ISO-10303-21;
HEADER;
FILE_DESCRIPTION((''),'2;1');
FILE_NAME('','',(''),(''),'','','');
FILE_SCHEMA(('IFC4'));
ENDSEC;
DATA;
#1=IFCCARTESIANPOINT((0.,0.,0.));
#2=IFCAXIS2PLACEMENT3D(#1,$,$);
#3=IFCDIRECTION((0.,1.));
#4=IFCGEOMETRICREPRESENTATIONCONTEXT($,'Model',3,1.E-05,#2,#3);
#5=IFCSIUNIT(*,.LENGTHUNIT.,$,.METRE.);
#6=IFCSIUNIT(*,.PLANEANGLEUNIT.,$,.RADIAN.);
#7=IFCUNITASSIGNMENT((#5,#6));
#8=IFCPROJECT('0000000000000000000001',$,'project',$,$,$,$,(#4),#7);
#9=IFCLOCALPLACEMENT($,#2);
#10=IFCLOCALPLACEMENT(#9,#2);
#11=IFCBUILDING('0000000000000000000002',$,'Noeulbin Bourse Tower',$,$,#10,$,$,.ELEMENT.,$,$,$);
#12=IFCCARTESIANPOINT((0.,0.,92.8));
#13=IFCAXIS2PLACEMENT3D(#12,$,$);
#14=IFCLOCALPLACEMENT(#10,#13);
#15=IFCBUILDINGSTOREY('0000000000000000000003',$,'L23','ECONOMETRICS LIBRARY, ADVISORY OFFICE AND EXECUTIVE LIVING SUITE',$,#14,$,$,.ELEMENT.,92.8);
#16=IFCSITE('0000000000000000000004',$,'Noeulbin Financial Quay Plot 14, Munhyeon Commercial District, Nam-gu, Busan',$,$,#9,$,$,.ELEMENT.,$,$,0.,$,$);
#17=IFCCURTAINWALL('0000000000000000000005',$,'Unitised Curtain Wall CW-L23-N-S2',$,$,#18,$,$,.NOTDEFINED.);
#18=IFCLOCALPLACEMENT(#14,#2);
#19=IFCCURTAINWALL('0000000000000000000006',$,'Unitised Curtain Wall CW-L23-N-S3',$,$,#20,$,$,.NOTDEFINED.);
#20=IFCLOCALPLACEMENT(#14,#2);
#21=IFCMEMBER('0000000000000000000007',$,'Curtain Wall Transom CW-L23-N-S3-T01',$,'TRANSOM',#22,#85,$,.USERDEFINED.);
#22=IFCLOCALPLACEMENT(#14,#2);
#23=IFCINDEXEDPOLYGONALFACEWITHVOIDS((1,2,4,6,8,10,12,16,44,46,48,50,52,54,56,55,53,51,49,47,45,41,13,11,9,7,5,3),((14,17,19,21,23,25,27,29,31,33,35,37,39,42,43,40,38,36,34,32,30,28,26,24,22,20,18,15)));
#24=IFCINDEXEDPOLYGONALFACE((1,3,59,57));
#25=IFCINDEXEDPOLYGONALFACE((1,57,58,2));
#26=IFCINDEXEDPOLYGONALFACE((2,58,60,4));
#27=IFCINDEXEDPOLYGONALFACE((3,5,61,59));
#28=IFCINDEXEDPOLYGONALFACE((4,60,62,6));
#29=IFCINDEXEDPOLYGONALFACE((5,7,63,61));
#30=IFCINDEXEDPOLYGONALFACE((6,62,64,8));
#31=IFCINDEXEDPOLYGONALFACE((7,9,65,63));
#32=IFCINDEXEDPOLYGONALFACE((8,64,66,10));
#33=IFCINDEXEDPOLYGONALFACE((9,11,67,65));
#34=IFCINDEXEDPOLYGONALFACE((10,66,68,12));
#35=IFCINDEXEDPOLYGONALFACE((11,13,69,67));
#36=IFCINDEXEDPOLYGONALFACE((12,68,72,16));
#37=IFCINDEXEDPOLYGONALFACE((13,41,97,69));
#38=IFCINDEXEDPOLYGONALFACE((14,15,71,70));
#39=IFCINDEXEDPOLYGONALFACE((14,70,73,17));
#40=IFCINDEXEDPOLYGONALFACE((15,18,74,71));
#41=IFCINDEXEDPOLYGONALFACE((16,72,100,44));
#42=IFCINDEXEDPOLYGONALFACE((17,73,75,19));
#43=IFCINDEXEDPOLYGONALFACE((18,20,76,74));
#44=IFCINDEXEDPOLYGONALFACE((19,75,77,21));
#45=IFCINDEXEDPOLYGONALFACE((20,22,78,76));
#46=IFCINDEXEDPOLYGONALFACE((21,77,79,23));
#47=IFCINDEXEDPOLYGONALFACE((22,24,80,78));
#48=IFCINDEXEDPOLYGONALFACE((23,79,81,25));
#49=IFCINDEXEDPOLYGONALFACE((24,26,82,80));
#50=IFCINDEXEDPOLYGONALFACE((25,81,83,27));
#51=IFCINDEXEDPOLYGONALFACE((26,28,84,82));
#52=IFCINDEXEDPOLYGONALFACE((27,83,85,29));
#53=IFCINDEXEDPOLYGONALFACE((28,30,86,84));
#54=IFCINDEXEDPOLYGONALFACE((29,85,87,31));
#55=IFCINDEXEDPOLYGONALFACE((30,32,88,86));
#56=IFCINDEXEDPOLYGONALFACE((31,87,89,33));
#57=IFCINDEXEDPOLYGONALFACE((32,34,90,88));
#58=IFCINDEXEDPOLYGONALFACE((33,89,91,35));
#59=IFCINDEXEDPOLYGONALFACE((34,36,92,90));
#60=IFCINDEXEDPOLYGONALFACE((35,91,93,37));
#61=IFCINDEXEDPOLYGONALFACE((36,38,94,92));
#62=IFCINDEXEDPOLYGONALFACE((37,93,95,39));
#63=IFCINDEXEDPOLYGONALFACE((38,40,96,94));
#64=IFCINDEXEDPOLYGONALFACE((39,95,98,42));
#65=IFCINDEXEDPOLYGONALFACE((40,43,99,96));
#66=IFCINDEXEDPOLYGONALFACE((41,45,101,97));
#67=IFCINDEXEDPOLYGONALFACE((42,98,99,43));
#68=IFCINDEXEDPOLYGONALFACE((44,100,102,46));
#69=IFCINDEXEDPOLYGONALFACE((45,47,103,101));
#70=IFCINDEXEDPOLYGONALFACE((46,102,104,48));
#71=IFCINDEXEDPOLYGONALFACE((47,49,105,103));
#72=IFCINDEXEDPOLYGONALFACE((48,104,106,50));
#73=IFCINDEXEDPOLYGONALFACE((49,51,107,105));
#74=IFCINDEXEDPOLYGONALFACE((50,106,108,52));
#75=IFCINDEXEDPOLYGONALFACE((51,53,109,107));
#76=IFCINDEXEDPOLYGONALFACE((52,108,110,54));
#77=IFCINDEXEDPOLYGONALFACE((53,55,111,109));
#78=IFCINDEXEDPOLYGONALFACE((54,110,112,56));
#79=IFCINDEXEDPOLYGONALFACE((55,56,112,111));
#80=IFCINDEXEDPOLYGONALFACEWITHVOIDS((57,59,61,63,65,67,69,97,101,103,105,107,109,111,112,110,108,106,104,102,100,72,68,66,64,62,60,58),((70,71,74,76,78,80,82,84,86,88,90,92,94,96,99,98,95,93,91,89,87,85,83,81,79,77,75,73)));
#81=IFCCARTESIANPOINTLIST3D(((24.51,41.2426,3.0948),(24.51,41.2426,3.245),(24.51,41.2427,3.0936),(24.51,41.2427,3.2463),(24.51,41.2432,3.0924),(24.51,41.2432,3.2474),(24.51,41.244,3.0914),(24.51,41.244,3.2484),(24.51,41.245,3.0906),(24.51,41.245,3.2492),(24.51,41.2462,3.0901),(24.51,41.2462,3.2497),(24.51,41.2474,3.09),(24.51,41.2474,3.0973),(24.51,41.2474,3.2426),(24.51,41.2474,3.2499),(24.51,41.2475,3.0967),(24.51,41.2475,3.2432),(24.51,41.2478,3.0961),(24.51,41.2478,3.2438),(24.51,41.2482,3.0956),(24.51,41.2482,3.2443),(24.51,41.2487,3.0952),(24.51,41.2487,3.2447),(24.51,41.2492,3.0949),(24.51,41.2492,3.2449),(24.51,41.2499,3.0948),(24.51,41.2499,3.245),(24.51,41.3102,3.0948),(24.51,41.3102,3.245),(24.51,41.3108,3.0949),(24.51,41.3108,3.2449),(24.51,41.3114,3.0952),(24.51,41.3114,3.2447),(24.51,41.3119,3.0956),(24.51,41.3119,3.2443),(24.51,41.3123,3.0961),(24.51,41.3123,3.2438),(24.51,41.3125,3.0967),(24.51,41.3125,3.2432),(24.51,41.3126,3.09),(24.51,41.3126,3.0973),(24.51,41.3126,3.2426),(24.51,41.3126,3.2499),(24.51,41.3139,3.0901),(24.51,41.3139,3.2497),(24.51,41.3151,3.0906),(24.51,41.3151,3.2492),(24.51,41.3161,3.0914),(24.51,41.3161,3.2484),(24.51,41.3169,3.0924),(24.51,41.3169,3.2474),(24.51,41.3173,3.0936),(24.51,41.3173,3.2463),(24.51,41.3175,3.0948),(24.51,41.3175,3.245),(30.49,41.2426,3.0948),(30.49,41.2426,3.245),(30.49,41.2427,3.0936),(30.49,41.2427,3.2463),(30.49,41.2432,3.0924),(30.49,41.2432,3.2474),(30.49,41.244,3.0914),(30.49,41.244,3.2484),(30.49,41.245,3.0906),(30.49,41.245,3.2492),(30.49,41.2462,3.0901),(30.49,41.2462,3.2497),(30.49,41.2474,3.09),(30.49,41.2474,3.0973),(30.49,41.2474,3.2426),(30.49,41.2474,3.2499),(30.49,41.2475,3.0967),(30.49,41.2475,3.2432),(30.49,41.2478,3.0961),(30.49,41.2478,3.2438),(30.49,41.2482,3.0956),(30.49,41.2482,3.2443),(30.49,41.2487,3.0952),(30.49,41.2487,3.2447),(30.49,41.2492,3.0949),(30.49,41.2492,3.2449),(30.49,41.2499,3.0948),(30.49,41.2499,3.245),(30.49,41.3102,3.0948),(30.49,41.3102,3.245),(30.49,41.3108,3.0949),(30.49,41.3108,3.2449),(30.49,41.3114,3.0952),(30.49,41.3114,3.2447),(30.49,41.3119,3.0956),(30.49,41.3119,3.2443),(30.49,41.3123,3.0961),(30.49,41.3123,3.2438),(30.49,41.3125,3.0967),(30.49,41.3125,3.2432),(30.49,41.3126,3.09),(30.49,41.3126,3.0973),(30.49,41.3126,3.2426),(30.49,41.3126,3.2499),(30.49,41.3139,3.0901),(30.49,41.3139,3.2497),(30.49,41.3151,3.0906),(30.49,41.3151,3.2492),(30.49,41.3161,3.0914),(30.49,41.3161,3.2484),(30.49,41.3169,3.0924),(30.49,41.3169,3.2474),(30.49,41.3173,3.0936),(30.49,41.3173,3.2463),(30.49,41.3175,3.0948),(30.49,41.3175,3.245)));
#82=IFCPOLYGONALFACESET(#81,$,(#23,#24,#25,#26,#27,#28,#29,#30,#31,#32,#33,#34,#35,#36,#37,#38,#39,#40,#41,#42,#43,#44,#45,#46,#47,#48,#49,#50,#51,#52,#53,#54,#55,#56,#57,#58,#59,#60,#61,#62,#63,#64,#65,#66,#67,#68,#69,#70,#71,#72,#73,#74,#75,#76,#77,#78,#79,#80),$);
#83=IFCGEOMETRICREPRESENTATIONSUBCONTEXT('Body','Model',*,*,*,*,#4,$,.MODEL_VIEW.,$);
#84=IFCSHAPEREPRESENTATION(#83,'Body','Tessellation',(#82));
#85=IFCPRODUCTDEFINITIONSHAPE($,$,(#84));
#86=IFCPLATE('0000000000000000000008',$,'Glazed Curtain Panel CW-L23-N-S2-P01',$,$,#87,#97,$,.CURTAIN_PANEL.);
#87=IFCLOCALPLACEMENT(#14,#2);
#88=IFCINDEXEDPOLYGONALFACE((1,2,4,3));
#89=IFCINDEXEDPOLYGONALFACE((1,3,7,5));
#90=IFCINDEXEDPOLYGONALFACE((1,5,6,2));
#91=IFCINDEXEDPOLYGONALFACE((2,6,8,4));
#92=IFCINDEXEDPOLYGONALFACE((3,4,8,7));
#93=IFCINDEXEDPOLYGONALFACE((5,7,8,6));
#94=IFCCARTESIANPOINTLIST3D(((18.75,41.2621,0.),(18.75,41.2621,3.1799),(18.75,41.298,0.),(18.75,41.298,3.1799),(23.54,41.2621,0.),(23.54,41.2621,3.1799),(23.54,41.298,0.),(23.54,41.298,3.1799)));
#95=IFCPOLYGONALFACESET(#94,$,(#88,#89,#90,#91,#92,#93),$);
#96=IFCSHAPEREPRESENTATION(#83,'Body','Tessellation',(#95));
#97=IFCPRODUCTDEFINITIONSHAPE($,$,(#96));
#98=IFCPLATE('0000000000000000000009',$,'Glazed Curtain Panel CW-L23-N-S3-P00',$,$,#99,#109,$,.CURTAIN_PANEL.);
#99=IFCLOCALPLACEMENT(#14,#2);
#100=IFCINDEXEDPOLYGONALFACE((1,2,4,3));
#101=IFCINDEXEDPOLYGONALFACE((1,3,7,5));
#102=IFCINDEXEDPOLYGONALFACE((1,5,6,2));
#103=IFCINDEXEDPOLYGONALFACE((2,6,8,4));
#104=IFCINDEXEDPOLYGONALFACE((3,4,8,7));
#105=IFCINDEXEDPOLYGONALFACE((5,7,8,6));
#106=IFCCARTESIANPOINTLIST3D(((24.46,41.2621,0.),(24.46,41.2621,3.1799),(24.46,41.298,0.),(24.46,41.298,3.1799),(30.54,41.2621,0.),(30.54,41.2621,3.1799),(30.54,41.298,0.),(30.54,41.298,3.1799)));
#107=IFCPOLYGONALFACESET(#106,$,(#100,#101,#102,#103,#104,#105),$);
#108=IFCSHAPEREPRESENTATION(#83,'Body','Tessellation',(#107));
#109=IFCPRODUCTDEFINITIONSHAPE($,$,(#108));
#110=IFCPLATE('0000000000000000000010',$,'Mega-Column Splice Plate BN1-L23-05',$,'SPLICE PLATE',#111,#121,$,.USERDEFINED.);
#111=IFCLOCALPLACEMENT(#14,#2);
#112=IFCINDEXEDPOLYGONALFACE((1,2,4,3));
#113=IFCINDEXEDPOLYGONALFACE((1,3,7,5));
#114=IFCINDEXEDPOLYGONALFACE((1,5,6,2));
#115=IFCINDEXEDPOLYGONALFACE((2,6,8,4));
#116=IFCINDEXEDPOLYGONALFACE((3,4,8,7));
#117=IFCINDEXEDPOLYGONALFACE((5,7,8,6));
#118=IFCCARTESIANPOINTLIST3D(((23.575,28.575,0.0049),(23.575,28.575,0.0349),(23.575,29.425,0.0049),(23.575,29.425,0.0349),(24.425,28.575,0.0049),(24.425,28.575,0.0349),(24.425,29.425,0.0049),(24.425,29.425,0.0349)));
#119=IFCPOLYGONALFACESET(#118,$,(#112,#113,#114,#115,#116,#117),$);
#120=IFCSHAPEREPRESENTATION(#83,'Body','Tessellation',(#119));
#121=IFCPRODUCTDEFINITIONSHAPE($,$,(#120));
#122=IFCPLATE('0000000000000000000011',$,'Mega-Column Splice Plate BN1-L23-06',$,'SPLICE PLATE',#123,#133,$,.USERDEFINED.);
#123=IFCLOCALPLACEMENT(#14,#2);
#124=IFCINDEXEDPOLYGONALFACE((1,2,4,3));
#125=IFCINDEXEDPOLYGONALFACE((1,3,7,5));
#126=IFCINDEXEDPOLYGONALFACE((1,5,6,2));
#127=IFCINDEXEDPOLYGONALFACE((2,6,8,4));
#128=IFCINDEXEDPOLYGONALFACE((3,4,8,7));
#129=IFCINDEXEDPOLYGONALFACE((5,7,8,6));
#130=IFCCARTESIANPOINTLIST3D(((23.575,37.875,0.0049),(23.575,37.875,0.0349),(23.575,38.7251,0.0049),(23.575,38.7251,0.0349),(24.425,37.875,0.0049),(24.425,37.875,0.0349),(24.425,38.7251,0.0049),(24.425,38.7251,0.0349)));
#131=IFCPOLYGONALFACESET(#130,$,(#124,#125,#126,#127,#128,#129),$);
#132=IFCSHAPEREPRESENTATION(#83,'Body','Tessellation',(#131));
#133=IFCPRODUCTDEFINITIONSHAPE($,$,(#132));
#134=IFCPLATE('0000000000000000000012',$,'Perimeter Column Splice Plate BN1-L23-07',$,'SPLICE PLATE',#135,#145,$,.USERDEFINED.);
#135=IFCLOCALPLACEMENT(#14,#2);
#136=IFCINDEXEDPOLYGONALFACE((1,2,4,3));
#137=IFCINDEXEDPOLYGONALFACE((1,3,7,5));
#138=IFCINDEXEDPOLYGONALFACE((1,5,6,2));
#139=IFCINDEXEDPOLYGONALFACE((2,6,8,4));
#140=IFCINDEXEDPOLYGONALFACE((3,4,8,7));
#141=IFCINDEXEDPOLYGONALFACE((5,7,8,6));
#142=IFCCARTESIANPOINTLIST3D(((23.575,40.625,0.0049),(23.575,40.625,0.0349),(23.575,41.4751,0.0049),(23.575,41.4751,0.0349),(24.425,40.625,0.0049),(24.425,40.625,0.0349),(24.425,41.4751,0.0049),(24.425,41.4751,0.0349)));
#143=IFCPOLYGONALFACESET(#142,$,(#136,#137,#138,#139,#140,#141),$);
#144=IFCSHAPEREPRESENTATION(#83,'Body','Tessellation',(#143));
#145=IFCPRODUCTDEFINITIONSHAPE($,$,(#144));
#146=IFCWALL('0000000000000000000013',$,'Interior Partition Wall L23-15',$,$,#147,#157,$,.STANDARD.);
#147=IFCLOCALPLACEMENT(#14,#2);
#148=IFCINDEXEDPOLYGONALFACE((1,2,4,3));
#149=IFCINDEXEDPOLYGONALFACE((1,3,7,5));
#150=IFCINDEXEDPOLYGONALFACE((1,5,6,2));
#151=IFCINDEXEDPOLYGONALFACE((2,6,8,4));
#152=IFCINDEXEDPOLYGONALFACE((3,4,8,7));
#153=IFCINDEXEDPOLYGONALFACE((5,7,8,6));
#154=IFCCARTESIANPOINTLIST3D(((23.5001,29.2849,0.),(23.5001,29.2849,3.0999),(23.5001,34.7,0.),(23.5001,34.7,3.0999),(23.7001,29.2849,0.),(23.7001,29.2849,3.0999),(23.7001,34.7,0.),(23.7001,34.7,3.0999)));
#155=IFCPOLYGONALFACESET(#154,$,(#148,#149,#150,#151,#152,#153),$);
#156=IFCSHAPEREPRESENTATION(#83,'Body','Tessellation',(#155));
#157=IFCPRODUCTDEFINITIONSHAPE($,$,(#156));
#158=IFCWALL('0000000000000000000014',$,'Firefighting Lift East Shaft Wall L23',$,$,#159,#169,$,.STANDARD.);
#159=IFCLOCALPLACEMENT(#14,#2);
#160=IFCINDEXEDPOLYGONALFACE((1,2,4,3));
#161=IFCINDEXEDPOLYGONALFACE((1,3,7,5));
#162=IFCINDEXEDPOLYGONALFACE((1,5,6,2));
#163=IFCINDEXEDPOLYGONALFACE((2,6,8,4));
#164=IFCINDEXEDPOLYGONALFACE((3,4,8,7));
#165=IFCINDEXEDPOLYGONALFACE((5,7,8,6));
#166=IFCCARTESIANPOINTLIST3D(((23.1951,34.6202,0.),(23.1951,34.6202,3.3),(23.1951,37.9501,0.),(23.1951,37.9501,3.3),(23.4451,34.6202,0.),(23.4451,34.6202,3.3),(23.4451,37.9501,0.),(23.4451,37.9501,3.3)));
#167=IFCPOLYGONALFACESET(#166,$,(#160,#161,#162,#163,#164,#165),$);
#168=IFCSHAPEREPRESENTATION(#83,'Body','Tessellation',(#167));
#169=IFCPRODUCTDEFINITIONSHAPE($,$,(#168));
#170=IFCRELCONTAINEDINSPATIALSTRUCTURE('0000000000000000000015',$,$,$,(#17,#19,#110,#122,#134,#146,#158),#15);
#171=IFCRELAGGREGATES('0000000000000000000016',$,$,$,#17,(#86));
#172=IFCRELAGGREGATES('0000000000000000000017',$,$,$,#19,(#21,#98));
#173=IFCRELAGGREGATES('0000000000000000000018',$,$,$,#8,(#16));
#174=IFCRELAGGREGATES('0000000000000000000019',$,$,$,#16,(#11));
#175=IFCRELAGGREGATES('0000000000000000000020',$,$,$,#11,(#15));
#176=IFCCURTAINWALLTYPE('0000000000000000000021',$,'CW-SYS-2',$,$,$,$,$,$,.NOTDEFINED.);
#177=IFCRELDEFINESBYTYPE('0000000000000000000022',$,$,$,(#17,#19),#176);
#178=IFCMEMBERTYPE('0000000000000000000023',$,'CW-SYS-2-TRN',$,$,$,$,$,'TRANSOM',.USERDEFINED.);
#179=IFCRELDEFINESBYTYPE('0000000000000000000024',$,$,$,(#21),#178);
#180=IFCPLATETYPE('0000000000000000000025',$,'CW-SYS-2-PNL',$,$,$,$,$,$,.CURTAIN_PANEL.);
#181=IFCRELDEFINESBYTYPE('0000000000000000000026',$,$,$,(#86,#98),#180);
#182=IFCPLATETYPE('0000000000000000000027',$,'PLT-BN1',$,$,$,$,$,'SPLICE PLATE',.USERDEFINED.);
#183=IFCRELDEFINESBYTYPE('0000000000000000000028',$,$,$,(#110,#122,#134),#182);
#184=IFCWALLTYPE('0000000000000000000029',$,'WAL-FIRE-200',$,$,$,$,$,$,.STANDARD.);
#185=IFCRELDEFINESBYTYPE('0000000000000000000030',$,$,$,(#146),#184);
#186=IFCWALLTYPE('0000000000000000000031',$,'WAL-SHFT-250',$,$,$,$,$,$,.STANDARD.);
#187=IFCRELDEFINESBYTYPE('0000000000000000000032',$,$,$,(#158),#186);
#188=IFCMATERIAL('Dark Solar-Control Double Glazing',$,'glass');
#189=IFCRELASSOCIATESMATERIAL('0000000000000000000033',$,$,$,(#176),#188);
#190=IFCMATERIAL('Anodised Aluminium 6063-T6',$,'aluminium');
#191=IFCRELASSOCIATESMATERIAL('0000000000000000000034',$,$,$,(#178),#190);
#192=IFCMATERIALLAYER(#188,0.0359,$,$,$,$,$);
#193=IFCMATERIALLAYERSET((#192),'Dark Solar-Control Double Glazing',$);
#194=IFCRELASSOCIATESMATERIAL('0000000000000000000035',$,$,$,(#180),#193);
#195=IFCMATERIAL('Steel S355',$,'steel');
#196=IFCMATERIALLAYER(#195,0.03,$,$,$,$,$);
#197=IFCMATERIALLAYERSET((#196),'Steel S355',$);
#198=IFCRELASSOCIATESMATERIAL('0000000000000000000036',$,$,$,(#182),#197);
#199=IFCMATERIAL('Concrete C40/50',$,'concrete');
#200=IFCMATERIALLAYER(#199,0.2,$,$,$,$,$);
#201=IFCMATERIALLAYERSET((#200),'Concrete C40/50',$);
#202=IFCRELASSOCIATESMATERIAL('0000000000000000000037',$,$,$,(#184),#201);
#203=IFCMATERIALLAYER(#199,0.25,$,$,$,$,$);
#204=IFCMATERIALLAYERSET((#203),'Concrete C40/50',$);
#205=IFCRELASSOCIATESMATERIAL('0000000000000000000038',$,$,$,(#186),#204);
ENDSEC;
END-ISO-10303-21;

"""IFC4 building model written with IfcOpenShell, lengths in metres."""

from ifc_helpers import new_model, si_unit, direction, frame, frame_2d, origin, origin_2d, place, context, subcontext, project, spatial, rectangle, hollow_rectangle, extrude, material, layer, layer_set, material_profile, profile_set, type_object, element, aggregate, save


model = new_model("IFC4")

# Units and contexts
model_context = context("Model", 3, precision=1e-05, world=origin(), true_north=direction((0.0, 1.0)))
body_context = subcontext(model_context, "Body", "Model", "MODEL_VIEW")
ifc_project = project(units=[si_unit("LENGTHUNIT", "METRE"), si_unit("PLANEANGLEUNIT", "RADIAN")], contexts=[model_context])

# Site, building, storey
site_placement = place(None, origin())
site = spatial("IfcSite", under=ifc_project, at=site_placement, Name="Noeulbin Financial Quay Plot 14, Munhyeon Commercial District, Nam-gu, Busan", CompositionType="ELEMENT", RefElevation=0.0)
building_placement = place(site_placement, origin())
building = spatial("IfcBuilding", under=site, at=building_placement, Name="Noeulbin Bourse Tower", CompositionType="ELEMENT")
storey_placement = place(building_placement, frame((0.0, 0.0, 92.8)))
storey = spatial("IfcBuildingStorey", under=building, at=storey_placement, Name="L23", Description="ECONOMETRICS LIBRARY, ADVISORY OFFICE AND EXECUTIVE LIVING SUITE", CompositionType="ELEMENT", Elevation=92.8)

# Shared definitions
ifc_material_1 = material(Name="Steel S355", Category="steel")

# Curtain wall
ifc_material_2 = material(Name="Dark Solar-Control Double Glazing", Category="glass")
curtain_wall_type = type_object("IfcCurtainWallType", Name="CW-SYS-2", PredefinedType="NOTDEFINED", material=ifc_material_2)
curtain_wall_1_placement = place(storey_placement, origin())
curtain_wall_1 = element("IfcCurtainWall", 1, at=curtain_wall_1_placement, inside=storey, type_object=curtain_wall_type, Name="Unitised Curtain Wall CW-L23-N-S2", PredefinedType="NOTDEFINED")
ifc_material_3 = material(Name="Anodised Aluminium 6063-T6", Category="aluminium")

# Curtain wall, member
curtain_wall_2_placement = place(storey_placement, origin())
curtain_wall_2 = element("IfcCurtainWall", 2, at=curtain_wall_2_placement, inside=storey, type_object=curtain_wall_type, Name="Unitised Curtain Wall CW-L23-N-S3", PredefinedType="NOTDEFINED")
ifc_material_profile_1 = material_profile(ifc_material_3, hollow_rectangle(XDim=0.075, YDim=0.1599, WallThickness=0.0049, InnerFilletRadius=0.0024, OuterFilletRadius=0.0049, at=origin_2d()), Name="ALU-TRAN-75x160x5", Category="LoadBearing")
ifc_profile_set_1 = profile_set([ifc_material_profile_1], Name="Anodised Aluminium 6063-T6")
member_type_1 = type_object("IfcMemberType", Name="CW-SYS-2-TRN", ElementType="TRANSOM", PredefinedType="USERDEFINED", material=ifc_profile_set_1)
member_1_placement = place(storey_placement, frame((24.51, 41.28, 3.1699), z_axis=(1.0, 0.0, 0.0), x_axis=(0.0, 1.0, 0.0)))
member_1 = element("IfcMember", 3, at=member_1_placement, type_object=member_type_1, Name="Curtain Wall Transom CW-L23-N-S3-T01", ObjectType="TRANSOM", PredefinedType="USERDEFINED", context=body_context, shape_type="SweptSolid", body=[
    extrude(hollow_rectangle(XDim=0.075, YDim=0.1599, WallThickness=0.0049, InnerFilletRadius=0.0024, OuterFilletRadius=0.0049, at=origin_2d()), origin(), (0.0, 0.0, 1.0), 5.98),
])

# Plates
ifc_layer_1 = layer(ifc_material_2, 0.0359)
ifc_layer_set_1 = layer_set([ifc_layer_1], Name="Dark Solar-Control Double Glazing")
plate_type_1 = type_object("IfcPlateType", Name="CW-SYS-2-PNL", PredefinedType="CURTAIN_PANEL", material=ifc_layer_set_1)
plate_1_placement = place(storey_placement, frame((21.145, 41.28, 0.0), z_axis=(0.0, 0.0, 1.0), x_axis=(1.0, 0.0, 0.0)))
plate_1 = element("IfcPlate", 4, at=plate_1_placement, type_object=plate_type_1, Name="Glazed Curtain Panel CW-L23-N-S2-P01", PredefinedType="CURTAIN_PANEL", context=body_context, shape_type="SweptSolid", body=[
    extrude(rectangle(XDim=4.79, YDim=0.0359, at=origin_2d()), origin(), (0.0, 0.0, 1.0), 3.1799),
])
aggregate(curtain_wall_1, [plate_1])
plate_2_placement = place(storey_placement, frame((27.5, 41.28, 0.0), z_axis=(0.0, 0.0, 1.0), x_axis=(1.0, 0.0, 0.0)))
plate_2 = element("IfcPlate", 5, at=plate_2_placement, type_object=plate_type_1, Name="Glazed Curtain Panel CW-L23-N-S3-P00", PredefinedType="CURTAIN_PANEL", context=body_context, shape_type="SweptSolid", body=[
    extrude(rectangle(XDim=6.0801, YDim=0.0359, at=origin_2d()), origin(), (0.0, 0.0, 1.0), 3.1799),
])
aggregate(curtain_wall_2, [member_1, plate_2])

# Plates
ifc_layer_2 = layer(ifc_material_1, 0.03)
ifc_layer_set_2 = layer_set([ifc_layer_2], Name="Steel S355")
plate_type_2 = type_object("IfcPlateType", Name="PLT-BN1", ElementType="SPLICE PLATE", PredefinedType="USERDEFINED", material=ifc_layer_set_2)
for number, where, z_axis, x_axis, name in (
    (6, (24.0, 29.0, 0.0049), (0.0, 0.0, 1.0), (1.0, 0.0, 0.0), "Mega-Column Splice Plate BN1-L23-05"),
    (7, (24.0, 38.3, 0.0049), (0.0, 0.0, 1.0), (1.0, 0.0, 0.0), "Mega-Column Splice Plate BN1-L23-06"),
    (8, (24.0, 41.05, 0.0049), (0.0, 0.0, 1.0), (1.0, 0.0, 0.0), "Perimeter Column Splice Plate BN1-L23-07"),
):
    element("IfcPlate", number, at=place(storey_placement, frame(where, z_axis=z_axis, x_axis=x_axis)), inside=storey, type_object=plate_type_2, Name=name, ObjectType="SPLICE PLATE", PredefinedType="USERDEFINED", context=body_context, shape_type="SweptSolid", body=[
        extrude(rectangle(XDim=0.8501, YDim=0.8501, at=origin_2d()), origin(), (0.0, 0.0, 1.0), 0.03),
    ])

# Walls
ifc_material_4 = material(Name="Concrete C40/50", Category="concrete")
ifc_layer_3 = layer(ifc_material_4, 0.2)
ifc_layer_set_3 = layer_set([ifc_layer_3], Name="Concrete C40/50")
wall_type_1 = type_object("IfcWallType", Name="WAL-FIRE-200", PredefinedType="STANDARD", material=ifc_layer_set_3)
wall_1_placement = place(storey_placement, frame((23.6001, 29.2849, 0.0), z_axis=(0.0, 0.0, 1.0), x_axis=(0.0, 1.0, 0.0)))
element("IfcWall", 9, at=wall_1_placement, inside=storey, type_object=wall_type_1, Name="Interior Partition Wall L23-15", PredefinedType="STANDARD", context=body_context, shape_type="SweptSolid", body=[
    extrude(rectangle(XDim=5.415, YDim=0.2, at=frame_2d((2.7075, 0.0))), origin(), (0.0, 0.0, 1.0), 3.0999),
])
ifc_layer_4 = layer(ifc_material_4, 0.25)
ifc_layer_set_4 = layer_set([ifc_layer_4], Name="Concrete C40/50")
wall_type_2 = type_object("IfcWallType", Name="WAL-SHFT-250", PredefinedType="STANDARD", material=ifc_layer_set_4)
wall_2_placement = place(storey_placement, frame((23.3201, 34.6201, 0.0), z_axis=(0.0, 0.0, 1.0), x_axis=(0.0, 1.0, 0.0)))
element("IfcWall", 10, at=wall_2_placement, inside=storey, type_object=wall_type_2, Name="Firefighting Lift East Shaft Wall L23", PredefinedType="STANDARD", context=body_context, shape_type="SweptSolid", body=[
    extrude(rectangle(XDim=3.3298, YDim=0.25, at=frame_2d((1.665, 0.0))), origin(), (0.0, 0.0, 1.0), 3.3),
])

save(model, "model.ifc")
